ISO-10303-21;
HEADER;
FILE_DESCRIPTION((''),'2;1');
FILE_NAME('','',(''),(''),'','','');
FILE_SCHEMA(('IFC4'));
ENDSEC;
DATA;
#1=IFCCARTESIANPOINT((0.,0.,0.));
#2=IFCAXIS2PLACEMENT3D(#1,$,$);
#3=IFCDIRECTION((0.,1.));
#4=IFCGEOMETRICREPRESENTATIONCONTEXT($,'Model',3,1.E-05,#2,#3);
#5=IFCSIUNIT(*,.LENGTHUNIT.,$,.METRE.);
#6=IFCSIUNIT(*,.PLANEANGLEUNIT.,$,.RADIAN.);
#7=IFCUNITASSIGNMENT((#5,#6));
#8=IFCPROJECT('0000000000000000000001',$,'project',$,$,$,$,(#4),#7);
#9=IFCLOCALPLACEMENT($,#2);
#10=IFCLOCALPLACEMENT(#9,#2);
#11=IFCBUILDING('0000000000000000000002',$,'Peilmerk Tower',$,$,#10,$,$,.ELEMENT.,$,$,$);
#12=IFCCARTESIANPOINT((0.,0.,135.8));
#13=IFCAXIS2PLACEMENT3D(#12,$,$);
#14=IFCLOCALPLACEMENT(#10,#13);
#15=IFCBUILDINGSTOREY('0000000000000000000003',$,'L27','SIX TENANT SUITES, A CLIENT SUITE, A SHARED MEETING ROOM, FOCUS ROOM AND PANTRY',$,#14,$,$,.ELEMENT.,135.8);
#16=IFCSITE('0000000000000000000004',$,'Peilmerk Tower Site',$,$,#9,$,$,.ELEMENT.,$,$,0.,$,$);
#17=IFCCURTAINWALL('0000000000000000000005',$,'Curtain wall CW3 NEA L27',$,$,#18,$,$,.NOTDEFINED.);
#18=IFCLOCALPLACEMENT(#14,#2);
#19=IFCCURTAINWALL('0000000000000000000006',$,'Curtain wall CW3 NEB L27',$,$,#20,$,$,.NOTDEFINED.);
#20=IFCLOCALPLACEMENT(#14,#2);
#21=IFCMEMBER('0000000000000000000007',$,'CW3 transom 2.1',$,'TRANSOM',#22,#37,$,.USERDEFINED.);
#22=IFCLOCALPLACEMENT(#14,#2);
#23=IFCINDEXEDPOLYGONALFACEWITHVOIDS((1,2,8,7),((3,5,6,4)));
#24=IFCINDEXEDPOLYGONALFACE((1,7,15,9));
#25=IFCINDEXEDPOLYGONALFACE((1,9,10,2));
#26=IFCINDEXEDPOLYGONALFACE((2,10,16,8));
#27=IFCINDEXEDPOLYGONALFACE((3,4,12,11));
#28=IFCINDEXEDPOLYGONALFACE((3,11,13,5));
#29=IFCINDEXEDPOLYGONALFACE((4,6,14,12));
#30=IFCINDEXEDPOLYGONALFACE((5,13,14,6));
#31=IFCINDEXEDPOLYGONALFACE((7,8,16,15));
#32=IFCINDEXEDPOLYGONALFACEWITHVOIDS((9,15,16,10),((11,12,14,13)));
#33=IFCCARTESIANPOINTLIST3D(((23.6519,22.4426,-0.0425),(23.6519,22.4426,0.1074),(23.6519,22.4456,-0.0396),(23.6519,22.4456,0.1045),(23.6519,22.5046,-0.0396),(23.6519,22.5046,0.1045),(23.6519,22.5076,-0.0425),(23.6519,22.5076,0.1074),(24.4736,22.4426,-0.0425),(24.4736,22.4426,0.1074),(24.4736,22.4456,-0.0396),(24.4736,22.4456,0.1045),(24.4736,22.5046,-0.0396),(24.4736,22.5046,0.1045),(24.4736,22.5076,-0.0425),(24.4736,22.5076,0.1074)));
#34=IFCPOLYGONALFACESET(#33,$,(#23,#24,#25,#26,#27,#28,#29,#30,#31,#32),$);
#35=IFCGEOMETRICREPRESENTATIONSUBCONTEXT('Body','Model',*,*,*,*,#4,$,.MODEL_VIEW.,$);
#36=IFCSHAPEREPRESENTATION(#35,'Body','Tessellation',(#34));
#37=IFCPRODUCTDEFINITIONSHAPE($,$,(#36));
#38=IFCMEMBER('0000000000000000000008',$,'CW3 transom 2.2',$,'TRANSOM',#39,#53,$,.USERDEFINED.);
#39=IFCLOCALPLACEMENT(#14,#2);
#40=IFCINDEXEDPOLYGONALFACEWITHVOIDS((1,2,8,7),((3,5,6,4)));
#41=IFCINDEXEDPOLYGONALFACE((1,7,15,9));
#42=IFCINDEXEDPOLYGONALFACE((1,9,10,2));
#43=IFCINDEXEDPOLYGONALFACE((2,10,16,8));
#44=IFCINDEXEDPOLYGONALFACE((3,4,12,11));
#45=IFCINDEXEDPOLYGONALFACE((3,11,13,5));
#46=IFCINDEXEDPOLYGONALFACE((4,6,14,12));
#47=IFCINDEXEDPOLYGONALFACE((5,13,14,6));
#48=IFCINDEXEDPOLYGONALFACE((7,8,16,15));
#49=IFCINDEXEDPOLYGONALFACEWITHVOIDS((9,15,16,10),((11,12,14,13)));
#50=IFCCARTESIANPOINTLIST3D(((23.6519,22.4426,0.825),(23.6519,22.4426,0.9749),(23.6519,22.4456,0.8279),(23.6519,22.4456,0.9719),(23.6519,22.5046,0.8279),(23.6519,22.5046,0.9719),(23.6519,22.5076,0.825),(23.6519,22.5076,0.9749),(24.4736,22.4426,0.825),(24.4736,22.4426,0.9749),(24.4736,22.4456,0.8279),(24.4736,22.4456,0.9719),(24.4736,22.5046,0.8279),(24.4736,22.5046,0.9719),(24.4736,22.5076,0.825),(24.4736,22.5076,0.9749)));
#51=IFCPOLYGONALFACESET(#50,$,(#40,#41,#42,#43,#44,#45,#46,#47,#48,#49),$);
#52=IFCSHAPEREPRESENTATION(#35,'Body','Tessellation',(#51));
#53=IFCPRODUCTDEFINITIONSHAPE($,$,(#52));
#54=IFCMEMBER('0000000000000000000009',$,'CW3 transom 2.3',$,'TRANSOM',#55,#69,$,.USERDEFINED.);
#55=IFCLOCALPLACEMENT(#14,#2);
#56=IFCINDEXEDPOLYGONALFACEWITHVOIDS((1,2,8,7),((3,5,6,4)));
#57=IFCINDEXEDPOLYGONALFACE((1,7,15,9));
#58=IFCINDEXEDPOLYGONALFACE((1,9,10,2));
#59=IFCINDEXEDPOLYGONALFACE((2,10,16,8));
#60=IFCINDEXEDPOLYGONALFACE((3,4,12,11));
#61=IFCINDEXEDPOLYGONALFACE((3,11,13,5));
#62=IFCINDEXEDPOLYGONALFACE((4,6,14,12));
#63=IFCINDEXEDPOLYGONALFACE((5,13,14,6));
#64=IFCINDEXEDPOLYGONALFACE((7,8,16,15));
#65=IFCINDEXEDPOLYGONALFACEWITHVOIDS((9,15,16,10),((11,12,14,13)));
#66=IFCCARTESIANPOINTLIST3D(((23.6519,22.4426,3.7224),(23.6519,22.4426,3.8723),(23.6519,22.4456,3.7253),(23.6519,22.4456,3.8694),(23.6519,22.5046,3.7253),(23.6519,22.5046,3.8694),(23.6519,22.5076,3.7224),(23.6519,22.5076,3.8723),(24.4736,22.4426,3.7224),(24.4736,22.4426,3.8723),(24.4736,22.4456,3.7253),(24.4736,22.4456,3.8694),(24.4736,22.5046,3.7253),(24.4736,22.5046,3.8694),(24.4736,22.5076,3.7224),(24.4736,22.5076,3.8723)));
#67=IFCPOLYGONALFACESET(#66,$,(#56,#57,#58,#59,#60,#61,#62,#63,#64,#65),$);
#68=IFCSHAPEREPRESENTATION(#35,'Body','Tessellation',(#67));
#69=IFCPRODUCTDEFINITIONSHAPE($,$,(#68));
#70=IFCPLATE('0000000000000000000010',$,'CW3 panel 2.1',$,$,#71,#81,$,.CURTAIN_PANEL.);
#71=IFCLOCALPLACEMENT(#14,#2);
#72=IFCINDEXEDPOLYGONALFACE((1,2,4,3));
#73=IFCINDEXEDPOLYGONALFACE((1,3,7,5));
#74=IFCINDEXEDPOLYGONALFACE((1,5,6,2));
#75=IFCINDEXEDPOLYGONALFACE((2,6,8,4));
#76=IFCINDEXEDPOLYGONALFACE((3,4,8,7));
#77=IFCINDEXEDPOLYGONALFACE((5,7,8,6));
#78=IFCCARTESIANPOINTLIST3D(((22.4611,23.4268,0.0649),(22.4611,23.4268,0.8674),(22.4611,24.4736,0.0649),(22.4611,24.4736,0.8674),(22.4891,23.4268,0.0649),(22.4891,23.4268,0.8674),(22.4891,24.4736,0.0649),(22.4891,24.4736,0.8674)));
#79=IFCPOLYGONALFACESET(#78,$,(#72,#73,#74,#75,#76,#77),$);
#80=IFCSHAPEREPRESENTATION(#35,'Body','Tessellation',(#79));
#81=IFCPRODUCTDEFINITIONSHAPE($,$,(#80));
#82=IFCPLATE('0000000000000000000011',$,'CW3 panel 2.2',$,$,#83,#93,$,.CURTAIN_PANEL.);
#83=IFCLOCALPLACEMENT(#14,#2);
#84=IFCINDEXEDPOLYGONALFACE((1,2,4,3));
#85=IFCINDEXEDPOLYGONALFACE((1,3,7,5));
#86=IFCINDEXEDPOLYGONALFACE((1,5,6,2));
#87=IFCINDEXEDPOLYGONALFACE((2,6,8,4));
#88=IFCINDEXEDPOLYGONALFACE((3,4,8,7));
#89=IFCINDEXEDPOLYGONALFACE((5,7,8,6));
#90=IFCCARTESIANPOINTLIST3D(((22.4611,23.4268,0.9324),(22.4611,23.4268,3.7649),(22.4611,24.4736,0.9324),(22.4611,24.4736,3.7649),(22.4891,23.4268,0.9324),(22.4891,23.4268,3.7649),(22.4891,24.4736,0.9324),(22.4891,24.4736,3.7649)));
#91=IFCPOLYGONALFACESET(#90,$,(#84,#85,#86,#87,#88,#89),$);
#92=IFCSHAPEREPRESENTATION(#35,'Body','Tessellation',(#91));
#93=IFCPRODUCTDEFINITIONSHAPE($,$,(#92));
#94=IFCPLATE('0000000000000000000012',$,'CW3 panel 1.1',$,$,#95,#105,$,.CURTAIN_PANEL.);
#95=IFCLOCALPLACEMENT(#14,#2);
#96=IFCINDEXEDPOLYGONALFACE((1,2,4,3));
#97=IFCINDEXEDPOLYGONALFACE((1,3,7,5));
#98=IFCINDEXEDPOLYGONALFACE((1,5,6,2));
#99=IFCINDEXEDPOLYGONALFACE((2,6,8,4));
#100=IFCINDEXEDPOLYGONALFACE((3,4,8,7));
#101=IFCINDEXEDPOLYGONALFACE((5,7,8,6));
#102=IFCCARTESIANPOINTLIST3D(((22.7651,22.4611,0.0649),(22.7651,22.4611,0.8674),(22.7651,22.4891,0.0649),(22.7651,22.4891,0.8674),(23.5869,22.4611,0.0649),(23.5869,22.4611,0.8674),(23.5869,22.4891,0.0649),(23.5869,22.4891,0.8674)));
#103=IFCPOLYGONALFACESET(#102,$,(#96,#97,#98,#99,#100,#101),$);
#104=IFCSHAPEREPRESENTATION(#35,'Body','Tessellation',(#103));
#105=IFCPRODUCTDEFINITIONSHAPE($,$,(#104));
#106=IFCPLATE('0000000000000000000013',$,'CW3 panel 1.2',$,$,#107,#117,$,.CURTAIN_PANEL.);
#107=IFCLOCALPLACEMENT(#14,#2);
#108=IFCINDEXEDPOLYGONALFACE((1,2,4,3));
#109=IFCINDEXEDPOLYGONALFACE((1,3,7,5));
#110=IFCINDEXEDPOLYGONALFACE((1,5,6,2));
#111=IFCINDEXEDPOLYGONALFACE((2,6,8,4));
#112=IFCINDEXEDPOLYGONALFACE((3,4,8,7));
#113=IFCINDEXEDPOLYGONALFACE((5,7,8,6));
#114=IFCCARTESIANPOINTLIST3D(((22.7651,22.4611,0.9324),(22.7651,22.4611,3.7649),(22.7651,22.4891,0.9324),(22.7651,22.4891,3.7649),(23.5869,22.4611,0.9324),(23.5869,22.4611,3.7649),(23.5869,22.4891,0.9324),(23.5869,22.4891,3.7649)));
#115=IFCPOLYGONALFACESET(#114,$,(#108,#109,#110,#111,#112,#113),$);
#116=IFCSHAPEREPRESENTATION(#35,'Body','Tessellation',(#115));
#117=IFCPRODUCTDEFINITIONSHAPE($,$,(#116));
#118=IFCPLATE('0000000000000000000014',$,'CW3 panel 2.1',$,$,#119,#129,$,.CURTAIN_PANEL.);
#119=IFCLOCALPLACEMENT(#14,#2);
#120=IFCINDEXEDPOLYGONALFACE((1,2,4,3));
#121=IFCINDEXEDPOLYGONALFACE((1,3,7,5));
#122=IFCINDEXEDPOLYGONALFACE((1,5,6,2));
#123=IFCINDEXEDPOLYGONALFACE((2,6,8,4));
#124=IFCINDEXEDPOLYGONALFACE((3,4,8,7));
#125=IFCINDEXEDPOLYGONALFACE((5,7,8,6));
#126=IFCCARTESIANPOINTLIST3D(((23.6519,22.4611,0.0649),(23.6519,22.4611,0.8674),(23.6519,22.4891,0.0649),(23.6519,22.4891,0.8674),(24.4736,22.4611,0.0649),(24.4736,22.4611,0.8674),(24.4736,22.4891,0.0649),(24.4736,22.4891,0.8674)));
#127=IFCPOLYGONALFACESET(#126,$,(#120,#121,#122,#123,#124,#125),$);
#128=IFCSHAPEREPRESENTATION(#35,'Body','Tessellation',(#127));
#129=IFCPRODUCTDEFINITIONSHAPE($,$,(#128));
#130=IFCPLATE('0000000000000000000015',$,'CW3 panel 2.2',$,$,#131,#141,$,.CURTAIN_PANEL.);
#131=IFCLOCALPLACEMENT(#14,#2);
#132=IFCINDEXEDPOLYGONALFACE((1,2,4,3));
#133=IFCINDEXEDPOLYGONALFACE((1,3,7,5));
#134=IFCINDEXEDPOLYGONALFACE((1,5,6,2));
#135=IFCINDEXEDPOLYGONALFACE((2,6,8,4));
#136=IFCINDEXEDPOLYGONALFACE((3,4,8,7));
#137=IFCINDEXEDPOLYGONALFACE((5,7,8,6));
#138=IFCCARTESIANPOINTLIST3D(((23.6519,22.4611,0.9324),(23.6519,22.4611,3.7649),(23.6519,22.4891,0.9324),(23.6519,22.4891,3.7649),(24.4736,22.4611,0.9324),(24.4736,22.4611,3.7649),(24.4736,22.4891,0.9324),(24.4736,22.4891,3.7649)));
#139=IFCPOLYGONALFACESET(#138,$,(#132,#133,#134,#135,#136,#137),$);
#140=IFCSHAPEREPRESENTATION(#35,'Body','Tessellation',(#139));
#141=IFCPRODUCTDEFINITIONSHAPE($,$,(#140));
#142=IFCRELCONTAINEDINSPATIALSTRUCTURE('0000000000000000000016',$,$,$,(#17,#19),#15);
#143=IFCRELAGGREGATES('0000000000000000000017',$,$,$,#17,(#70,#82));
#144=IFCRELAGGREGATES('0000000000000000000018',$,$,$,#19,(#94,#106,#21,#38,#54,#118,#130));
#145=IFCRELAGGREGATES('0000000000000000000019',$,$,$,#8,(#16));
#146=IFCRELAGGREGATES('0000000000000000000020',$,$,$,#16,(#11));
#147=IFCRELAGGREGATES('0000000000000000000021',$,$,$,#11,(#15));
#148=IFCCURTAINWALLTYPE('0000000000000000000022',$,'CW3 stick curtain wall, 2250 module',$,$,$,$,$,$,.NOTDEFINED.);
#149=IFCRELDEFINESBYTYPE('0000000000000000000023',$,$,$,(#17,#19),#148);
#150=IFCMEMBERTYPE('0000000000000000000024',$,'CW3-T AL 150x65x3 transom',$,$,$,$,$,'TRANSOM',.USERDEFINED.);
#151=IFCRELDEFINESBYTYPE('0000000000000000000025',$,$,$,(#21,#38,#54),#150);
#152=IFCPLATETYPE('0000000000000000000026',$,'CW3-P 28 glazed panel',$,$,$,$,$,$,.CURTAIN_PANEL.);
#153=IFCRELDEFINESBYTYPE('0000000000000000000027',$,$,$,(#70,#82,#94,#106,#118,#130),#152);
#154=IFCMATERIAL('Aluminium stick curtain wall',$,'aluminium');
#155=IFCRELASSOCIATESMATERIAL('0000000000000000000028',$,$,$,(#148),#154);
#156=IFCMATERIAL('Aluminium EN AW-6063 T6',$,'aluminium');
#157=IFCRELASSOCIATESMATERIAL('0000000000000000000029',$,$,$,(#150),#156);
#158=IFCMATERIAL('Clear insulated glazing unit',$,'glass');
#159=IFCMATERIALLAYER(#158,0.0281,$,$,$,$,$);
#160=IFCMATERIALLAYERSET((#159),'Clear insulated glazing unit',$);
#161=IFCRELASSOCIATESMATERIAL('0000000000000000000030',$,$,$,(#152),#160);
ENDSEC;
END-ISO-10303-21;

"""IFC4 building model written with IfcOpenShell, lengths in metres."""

from ifc_helpers import new_model, si_unit, direction, frame, origin, origin_2d, place, context, subcontext, project, spatial, rectangle, hollow_rectangle, extrude, material, layer, layer_set, material_profile, profile_set, type_object, element, aggregate, save


model = new_model("IFC4")

# Units and contexts
model_context = context("Model", 3, precision=1e-05, world=origin(), true_north=direction((0.0, 1.0)))
body_context = subcontext(model_context, "Body", "Model", "MODEL_VIEW")
ifc_project = project(units=[si_unit("LENGTHUNIT", "METRE"), si_unit("PLANEANGLEUNIT", "RADIAN")], contexts=[model_context])

# Site, building, storey
site_placement = place(None, origin())
site = spatial("IfcSite", under=ifc_project, at=site_placement, Name="Peilmerk Tower Site", CompositionType="ELEMENT", RefElevation=0.0)
building_placement = place(site_placement, origin())
building = spatial("IfcBuilding", under=site, at=building_placement, Name="Peilmerk Tower", CompositionType="ELEMENT")
storey_placement = place(building_placement, frame((0.0, 0.0, 135.8)))
storey = spatial("IfcBuildingStorey", under=building, at=storey_placement, Name="L27", Description="SIX TENANT SUITES, A CLIENT SUITE, A SHARED MEETING ROOM, FOCUS ROOM AND PANTRY", CompositionType="ELEMENT", Elevation=135.8)

# Curtain wall
ifc_material_1 = material(Name="Aluminium stick curtain wall", Category="aluminium")
curtain_wall_type = type_object("IfcCurtainWallType", Name="CW3 stick curtain wall, 2250 module", PredefinedType="NOTDEFINED", material=ifc_material_1)
curtain_wall_1_placement = place(storey_placement, origin())
curtain_wall_1 = element("IfcCurtainWall", 1, at=curtain_wall_1_placement, inside=storey, type_object=curtain_wall_type, Name="Curtain wall CW3 NEA L27", PredefinedType="NOTDEFINED")
ifc_material_2 = material(Name="Aluminium EN AW-6063 T6", Category="aluminium")

# Curtain wall, members
curtain_wall_2_placement = place(storey_placement, origin())
curtain_wall_2 = element("IfcCurtainWall", 2, at=curtain_wall_2_placement, inside=storey, type_object=curtain_wall_type, Name="Curtain wall CW3 NEB L27", PredefinedType="NOTDEFINED")
ifc_material_profile_1 = material_profile(ifc_material_2, hollow_rectangle(XDim=0.0649, YDim=0.1499, WallThickness=0.0029, at=origin_2d()), Name="AL 150x65x3")
ifc_profile_set_1 = profile_set([ifc_material_profile_1], Name="Aluminium EN AW-6063 T6")
member_type_1 = type_object("IfcMemberType", Name="CW3-T AL 150x65x3 transom", ElementType="TRANSOM", PredefinedType="USERDEFINED", material=ifc_profile_set_1)
member_1_placement = place(storey_placement, frame((23.6519, 22.4751, 0.0325), z_axis=(1.0, 0.0, 0.0), x_axis=(0.0, 1.0, 0.0)))
member_1 = element("IfcMember", 3, at=member_1_placement, type_object=member_type_1, Name="CW3 transom 2.1", ObjectType="TRANSOM", PredefinedType="USERDEFINED", context=body_context, shape_type="SweptSolid", body=[
    extrude(hollow_rectangle(XDim=0.0649, YDim=0.1499, WallThickness=0.0029, at=origin_2d()), origin(), (0.0, 0.0, 1.0), 0.8218),
])
member_2_placement = place(storey_placement, frame((23.6519, 22.4751, 0.8999), z_axis=(1.0, 0.0, 0.0), x_axis=(0.0, 1.0, 0.0)))
member_2 = element("IfcMember", 4, at=member_2_placement, type_object=member_type_1, Name="CW3 transom 2.2", ObjectType="TRANSOM", PredefinedType="USERDEFINED", context=body_context, shape_type="SweptSolid", body=[
    extrude(hollow_rectangle(XDim=0.0649, YDim=0.1499, WallThickness=0.0029, at=origin_2d()), origin(), (0.0, 0.0, 1.0), 0.8218),
])
member_3_placement = place(storey_placement, frame((23.6519, 22.4751, 3.7974), z_axis=(1.0, 0.0, 0.0), x_axis=(0.0, 1.0, 0.0)))
member_3 = element("IfcMember", 5, at=member_3_placement, type_object=member_type_1, Name="CW3 transom 2.3", ObjectType="TRANSOM", PredefinedType="USERDEFINED", context=body_context, shape_type="SweptSolid", body=[
    extrude(hollow_rectangle(XDim=0.0649, YDim=0.1499, WallThickness=0.0029, at=origin_2d()), origin(), (0.0, 0.0, 1.0), 0.8218),
])

# Plates
ifc_material_3 = material(Name="Clear insulated glazing unit", Category="glass")
ifc_layer_1 = layer(ifc_material_3, 0.0281)
ifc_layer_set_1 = layer_set([ifc_layer_1], Name="Clear insulated glazing unit")
plate_type = type_object("IfcPlateType", Name="CW3-P 28 glazed panel", PredefinedType="CURTAIN_PANEL", material=ifc_layer_set_1)
plate_1_placement = place(storey_placement, frame((22.4751, 23.9502, 0.0649), z_axis=(0.0, 0.0, 1.0), x_axis=(0.0, 1.0, 0.0)))
plate_1 = element("IfcPlate", 6, at=plate_1_placement, type_object=plate_type, Name="CW3 panel 2.1", PredefinedType="CURTAIN_PANEL", context=body_context, shape_type="SweptSolid", body=[
    extrude(rectangle(XDim=1.0469, YDim=0.0281, at=origin_2d()), origin(), (0.0, 0.0, 1.0), 0.8025),
])
plate_2_placement = place(storey_placement, frame((22.4751, 23.9502, 0.9324), z_axis=(0.0, 0.0, 1.0), x_axis=(0.0, 1.0, 0.0)))
plate_2 = element("IfcPlate", 7, at=plate_2_placement, type_object=plate_type, Name="CW3 panel 2.2", PredefinedType="CURTAIN_PANEL", context=body_context, shape_type="SweptSolid", body=[
    extrude(rectangle(XDim=1.0469, YDim=0.0281, at=origin_2d()), origin(), (0.0, 0.0, 1.0), 2.8325),
])
aggregate(curtain_wall_1, [plate_1, plate_2])
plate_3_placement = place(storey_placement, frame((23.176, 22.4751, 0.0649), z_axis=(0.0, 0.0, 1.0), x_axis=(1.0, 0.0, 0.0)))
plate_3 = element("IfcPlate", 8, at=plate_3_placement, type_object=plate_type, Name="CW3 panel 1.1", PredefinedType="CURTAIN_PANEL", context=body_context, shape_type="SweptSolid", body=[
    extrude(rectangle(XDim=0.8218, YDim=0.0281, at=origin_2d()), origin(), (0.0, 0.0, 1.0), 0.8025),
])
plate_4_placement = place(storey_placement, frame((23.176, 22.4751, 0.9324), z_axis=(0.0, 0.0, 1.0), x_axis=(1.0, 0.0, 0.0)))
plate_4 = element("IfcPlate", 9, at=plate_4_placement, type_object=plate_type, Name="CW3 panel 1.2", PredefinedType="CURTAIN_PANEL", context=body_context, shape_type="SweptSolid", body=[
    extrude(rectangle(XDim=0.8218, YDim=0.0281, at=origin_2d()), origin(), (0.0, 0.0, 1.0), 2.8325),
])
plate_5_placement = place(storey_placement, frame((24.0627, 22.4751, 0.0649), z_axis=(0.0, 0.0, 1.0), x_axis=(1.0, 0.0, 0.0)))
plate_5 = element("IfcPlate", 10, at=plate_5_placement, type_object=plate_type, Name="CW3 panel 2.1", PredefinedType="CURTAIN_PANEL", context=body_context, shape_type="SweptSolid", body=[
    extrude(rectangle(XDim=0.8218, YDim=0.0281, at=origin_2d()), origin(), (0.0, 0.0, 1.0), 0.8025),
])
plate_6_placement = place(storey_placement, frame((24.0627, 22.4751, 0.9324), z_axis=(0.0, 0.0, 1.0), x_axis=(1.0, 0.0, 0.0)))
plate_6 = element("IfcPlate", 11, at=plate_6_placement, type_object=plate_type, Name="CW3 panel 2.2", PredefinedType="CURTAIN_PANEL", context=body_context, shape_type="SweptSolid", body=[
    extrude(rectangle(XDim=0.8218, YDim=0.0281, at=origin_2d()), origin(), (0.0, 0.0, 1.0), 2.8325),
])
aggregate(curtain_wall_2, [plate_3, plate_4, member_1, member_2, member_3, plate_5, plate_6])

save(model, "model.ifc")
